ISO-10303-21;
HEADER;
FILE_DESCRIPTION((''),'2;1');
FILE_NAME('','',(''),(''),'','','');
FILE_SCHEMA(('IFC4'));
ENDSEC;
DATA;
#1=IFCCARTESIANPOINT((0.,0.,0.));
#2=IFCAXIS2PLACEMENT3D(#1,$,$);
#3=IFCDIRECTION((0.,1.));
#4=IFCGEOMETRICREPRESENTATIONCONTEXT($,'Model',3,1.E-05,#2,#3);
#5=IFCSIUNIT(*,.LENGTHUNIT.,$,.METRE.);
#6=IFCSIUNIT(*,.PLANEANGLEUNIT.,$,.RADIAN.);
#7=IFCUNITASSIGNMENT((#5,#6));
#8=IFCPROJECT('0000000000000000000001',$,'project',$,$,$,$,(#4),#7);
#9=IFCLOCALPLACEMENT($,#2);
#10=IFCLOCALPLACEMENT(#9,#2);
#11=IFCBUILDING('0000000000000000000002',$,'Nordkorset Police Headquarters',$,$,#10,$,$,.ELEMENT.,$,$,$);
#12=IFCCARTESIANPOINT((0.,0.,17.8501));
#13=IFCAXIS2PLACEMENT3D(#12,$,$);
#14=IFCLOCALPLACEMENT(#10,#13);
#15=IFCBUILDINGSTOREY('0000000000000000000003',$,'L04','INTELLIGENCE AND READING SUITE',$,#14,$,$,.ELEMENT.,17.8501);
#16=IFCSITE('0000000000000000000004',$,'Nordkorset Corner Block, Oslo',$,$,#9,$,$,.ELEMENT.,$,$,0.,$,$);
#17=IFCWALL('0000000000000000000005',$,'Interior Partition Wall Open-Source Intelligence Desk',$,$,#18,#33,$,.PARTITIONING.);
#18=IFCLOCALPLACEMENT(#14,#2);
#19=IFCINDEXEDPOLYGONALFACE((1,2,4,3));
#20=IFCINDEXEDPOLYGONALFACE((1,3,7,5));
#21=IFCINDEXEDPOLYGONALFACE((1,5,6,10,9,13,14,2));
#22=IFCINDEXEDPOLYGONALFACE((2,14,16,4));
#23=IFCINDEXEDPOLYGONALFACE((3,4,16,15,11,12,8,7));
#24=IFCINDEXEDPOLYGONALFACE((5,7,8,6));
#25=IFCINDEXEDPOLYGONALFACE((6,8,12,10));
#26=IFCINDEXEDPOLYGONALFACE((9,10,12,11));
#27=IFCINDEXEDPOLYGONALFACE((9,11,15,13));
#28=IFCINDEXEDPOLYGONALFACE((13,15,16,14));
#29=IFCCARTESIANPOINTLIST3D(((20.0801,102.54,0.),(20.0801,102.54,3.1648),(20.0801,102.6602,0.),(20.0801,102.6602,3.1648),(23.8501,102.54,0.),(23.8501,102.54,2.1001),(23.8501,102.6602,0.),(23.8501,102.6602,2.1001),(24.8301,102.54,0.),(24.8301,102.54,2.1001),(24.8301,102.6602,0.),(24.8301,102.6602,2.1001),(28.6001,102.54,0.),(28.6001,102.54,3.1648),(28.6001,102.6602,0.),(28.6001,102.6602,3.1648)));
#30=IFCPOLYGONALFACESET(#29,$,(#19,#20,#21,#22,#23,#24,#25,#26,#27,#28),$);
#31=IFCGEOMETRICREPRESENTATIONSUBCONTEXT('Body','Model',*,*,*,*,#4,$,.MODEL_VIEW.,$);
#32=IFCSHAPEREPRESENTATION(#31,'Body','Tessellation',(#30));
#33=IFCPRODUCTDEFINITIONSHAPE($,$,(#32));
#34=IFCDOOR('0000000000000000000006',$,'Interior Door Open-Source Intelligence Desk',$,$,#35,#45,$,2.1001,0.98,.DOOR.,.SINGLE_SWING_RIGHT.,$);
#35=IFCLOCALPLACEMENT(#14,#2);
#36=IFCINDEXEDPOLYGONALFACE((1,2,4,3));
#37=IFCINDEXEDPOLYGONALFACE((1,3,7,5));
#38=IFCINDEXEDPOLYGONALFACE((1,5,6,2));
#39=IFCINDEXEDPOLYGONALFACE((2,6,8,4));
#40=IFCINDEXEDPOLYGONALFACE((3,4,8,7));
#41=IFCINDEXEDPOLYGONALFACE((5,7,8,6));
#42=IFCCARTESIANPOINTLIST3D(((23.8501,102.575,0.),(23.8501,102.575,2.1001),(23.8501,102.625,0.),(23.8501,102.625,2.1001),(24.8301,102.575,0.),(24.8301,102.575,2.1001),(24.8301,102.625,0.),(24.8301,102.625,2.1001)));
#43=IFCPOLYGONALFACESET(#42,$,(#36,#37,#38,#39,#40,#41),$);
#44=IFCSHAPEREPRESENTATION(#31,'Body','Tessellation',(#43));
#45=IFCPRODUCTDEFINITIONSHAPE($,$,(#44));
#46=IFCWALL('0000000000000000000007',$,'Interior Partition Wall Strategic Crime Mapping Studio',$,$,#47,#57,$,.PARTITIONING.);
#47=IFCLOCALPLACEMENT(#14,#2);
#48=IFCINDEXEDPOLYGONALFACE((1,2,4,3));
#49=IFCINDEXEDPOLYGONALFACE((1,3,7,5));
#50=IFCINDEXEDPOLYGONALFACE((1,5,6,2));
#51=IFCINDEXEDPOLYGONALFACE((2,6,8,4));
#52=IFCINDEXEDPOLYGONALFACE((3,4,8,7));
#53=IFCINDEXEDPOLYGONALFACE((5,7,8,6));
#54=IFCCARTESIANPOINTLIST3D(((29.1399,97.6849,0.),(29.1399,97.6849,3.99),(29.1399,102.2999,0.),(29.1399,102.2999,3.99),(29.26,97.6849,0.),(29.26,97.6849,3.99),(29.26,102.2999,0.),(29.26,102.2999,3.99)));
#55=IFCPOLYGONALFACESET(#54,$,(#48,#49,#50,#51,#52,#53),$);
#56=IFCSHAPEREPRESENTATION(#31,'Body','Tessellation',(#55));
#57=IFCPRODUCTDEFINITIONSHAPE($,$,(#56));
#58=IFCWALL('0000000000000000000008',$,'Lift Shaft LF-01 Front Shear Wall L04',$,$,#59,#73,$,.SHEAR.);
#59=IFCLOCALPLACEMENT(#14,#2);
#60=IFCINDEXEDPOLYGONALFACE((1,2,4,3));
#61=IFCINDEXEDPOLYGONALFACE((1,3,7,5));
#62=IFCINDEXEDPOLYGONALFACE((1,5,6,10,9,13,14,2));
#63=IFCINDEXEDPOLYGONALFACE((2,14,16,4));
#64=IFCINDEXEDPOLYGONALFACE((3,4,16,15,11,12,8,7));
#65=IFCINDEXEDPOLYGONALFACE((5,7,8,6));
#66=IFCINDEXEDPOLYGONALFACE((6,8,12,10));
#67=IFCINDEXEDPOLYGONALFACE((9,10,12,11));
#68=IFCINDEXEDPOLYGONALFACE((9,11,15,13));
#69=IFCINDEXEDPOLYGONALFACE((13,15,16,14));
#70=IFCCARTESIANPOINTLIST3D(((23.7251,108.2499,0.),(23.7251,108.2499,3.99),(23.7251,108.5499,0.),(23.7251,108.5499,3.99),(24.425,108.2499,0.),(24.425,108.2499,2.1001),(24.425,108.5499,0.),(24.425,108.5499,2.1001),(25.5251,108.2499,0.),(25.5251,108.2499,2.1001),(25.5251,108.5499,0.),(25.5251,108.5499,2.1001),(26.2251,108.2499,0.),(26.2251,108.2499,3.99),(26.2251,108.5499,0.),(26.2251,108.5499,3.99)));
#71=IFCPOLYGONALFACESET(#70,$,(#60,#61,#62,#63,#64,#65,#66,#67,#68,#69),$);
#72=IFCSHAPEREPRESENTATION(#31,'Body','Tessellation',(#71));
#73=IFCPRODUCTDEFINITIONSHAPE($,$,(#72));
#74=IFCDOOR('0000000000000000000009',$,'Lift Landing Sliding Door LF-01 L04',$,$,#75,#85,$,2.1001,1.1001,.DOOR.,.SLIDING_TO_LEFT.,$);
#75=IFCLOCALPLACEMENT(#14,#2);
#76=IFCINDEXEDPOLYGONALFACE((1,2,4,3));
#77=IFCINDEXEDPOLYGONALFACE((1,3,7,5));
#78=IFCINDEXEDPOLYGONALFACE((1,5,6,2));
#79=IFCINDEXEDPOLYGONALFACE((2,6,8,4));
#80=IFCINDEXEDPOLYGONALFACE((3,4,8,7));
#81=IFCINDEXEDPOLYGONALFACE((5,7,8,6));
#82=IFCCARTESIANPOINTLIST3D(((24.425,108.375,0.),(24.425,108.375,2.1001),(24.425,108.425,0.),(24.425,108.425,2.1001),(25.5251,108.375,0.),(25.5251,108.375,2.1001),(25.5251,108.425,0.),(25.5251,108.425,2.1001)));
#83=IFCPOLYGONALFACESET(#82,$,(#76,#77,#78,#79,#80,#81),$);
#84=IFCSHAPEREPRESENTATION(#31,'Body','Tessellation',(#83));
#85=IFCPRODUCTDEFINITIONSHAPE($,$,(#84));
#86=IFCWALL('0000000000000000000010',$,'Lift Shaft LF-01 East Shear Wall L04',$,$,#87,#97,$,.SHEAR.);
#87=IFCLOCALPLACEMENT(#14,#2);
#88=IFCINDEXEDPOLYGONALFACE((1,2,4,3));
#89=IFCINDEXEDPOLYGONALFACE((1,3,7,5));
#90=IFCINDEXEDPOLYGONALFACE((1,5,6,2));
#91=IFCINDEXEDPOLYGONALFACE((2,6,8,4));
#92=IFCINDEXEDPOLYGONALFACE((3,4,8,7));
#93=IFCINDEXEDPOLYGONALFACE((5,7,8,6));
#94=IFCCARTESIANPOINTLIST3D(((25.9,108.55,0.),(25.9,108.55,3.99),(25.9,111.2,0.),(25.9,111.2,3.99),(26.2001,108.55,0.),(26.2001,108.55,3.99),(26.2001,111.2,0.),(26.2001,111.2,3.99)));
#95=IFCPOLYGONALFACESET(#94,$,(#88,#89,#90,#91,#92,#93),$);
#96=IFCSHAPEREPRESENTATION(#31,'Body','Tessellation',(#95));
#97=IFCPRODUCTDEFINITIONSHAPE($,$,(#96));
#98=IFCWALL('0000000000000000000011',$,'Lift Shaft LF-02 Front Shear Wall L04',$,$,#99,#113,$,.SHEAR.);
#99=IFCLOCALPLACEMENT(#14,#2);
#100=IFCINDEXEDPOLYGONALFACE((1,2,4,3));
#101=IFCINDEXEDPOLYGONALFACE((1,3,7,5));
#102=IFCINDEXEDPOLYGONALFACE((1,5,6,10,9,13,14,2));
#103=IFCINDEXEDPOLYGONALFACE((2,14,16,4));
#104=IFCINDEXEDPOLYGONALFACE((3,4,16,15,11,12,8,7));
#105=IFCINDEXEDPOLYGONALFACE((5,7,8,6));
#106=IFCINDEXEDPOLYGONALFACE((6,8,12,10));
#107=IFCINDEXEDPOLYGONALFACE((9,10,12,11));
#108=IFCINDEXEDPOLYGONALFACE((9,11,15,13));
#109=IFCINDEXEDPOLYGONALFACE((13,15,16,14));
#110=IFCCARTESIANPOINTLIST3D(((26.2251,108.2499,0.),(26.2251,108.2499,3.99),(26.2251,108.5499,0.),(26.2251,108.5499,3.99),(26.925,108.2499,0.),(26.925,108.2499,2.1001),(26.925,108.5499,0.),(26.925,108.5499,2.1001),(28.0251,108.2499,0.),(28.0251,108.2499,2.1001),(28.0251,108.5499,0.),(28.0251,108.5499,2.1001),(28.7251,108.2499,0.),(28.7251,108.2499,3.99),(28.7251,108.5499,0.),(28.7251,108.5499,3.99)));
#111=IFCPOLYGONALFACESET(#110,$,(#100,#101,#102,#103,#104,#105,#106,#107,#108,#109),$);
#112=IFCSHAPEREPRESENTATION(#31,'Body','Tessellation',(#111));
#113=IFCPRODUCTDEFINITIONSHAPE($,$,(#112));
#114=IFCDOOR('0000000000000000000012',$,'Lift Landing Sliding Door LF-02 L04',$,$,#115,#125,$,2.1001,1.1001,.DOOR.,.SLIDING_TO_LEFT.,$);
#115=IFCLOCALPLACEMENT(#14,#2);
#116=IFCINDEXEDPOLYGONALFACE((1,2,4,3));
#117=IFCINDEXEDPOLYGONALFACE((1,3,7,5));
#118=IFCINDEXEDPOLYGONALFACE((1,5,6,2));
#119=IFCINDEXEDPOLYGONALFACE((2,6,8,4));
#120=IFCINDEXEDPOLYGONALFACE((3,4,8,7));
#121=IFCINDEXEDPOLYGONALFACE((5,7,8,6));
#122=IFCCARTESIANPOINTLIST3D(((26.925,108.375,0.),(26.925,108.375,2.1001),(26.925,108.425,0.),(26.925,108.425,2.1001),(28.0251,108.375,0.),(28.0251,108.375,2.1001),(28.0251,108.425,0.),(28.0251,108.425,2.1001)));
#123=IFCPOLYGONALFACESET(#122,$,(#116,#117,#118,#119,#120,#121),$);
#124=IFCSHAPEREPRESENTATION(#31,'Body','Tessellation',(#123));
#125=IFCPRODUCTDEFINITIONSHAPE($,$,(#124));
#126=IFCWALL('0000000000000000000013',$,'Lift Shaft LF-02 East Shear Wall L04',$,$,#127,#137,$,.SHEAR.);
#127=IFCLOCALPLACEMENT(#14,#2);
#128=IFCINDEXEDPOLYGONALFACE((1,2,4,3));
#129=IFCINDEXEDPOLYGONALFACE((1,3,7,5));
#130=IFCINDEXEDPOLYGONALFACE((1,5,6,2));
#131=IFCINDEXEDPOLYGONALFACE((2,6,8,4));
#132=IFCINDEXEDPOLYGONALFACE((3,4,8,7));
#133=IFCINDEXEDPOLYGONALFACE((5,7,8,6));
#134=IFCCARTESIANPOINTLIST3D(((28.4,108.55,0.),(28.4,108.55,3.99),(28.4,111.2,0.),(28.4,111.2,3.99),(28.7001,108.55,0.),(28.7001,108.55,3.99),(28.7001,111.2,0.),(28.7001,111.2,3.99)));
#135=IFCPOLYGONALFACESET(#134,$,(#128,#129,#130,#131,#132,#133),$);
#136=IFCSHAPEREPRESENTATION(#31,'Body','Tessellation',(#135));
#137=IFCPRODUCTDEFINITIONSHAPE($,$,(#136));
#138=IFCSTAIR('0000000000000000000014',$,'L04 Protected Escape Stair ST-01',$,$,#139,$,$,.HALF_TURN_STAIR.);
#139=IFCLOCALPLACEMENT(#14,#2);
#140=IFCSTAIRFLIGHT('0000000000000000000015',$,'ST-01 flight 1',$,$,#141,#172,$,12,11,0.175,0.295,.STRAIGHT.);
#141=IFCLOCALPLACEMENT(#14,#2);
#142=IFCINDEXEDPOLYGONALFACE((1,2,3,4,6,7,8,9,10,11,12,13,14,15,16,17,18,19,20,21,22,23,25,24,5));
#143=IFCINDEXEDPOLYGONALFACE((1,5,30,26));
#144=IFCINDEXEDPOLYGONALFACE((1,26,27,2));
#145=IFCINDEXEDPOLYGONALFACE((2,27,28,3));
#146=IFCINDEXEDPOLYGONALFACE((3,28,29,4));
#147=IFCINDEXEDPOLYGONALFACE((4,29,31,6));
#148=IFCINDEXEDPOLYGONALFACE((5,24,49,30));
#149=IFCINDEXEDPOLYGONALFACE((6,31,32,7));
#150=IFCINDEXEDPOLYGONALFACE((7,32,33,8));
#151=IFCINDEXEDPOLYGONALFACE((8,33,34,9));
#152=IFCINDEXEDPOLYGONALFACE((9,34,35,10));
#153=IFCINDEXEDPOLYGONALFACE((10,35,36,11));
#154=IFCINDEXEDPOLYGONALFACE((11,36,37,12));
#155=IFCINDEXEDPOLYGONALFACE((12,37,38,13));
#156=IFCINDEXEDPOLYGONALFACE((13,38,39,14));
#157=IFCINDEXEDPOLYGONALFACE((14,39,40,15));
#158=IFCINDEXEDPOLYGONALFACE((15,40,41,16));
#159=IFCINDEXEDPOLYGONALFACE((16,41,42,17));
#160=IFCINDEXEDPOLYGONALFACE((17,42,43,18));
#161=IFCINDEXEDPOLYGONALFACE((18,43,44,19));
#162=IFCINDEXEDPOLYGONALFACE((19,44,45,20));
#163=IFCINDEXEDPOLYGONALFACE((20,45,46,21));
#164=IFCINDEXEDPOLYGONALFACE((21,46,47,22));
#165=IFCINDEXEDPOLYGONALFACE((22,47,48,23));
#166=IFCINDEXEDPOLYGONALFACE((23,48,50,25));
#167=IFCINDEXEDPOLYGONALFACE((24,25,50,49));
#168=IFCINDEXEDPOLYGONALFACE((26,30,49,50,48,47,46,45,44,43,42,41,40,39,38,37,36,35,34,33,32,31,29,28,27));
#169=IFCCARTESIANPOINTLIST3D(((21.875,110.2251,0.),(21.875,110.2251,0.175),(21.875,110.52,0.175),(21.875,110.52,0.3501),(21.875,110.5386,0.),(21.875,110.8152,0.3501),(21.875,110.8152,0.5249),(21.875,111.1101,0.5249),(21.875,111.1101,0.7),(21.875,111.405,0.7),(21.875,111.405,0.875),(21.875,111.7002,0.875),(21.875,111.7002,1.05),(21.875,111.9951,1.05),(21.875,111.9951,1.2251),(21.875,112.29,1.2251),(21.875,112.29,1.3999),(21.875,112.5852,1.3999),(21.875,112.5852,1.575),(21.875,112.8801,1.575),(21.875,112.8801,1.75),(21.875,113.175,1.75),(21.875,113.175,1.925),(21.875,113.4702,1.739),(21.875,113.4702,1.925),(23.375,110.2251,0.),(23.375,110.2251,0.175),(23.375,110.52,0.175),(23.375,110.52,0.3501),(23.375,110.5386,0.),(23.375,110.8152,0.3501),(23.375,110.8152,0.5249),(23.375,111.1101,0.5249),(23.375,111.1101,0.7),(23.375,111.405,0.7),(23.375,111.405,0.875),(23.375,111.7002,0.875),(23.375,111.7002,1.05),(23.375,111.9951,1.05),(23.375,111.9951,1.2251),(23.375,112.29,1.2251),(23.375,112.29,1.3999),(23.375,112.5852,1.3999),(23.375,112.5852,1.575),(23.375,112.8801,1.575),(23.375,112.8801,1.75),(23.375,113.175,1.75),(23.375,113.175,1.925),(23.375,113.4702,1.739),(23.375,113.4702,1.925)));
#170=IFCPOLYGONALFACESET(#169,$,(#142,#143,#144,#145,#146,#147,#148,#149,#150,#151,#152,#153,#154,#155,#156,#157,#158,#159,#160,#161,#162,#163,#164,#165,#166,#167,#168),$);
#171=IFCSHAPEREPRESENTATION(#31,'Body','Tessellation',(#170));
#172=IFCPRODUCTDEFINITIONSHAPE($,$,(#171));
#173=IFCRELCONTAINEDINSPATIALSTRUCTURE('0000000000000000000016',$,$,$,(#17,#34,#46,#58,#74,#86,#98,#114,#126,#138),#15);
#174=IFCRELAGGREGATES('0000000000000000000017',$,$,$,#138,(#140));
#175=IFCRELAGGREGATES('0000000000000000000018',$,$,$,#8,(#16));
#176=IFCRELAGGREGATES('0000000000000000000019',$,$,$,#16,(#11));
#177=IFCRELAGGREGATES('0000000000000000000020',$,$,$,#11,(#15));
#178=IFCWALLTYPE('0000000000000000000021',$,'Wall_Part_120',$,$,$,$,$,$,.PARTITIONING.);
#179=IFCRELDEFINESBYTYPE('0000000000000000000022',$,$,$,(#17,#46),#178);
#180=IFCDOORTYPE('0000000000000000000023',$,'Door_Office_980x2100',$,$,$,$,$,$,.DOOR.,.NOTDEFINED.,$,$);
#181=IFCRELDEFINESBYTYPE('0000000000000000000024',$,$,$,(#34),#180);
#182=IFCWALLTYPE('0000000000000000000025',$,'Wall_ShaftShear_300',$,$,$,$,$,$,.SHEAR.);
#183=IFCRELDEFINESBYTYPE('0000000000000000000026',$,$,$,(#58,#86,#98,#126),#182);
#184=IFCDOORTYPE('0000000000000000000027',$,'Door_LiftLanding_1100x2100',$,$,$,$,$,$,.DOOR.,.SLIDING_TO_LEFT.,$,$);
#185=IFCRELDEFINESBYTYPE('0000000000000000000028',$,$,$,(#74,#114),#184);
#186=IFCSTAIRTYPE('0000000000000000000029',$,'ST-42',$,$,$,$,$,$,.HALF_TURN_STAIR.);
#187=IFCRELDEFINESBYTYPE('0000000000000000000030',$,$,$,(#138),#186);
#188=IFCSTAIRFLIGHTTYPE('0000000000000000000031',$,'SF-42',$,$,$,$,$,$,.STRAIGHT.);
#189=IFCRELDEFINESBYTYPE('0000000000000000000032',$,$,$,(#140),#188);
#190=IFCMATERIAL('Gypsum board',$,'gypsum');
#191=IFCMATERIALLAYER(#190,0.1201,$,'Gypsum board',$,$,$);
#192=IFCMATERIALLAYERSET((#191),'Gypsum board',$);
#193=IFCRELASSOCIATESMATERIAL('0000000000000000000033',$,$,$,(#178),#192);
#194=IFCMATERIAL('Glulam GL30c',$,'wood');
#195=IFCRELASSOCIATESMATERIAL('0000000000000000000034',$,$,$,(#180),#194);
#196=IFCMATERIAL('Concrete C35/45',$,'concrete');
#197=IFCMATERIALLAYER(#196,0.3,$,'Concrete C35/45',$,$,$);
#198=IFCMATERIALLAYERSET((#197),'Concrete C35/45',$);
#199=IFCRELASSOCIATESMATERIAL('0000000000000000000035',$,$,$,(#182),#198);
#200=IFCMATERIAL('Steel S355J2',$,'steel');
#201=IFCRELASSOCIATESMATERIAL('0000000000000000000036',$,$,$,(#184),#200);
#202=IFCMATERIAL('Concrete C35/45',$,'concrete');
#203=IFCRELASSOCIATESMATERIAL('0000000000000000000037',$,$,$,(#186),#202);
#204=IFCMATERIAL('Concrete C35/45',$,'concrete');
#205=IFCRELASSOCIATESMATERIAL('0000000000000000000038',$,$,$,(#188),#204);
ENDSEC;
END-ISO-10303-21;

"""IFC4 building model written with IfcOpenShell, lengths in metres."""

from ifc_helpers import new_model, si_unit, direction, frame, frame_2d, origin, place, context, subcontext, project, spatial, polyline, rectangle, outline, extrude, material, layer, layer_set, type_object, element, fill, aggregate, save


model = new_model("IFC4")

# Units and contexts
model_context = context("Model", 3, precision=1e-05, world=origin(), true_north=direction((0.0, 1.0)))
body_context = subcontext(model_context, "Body", "Model", "MODEL_VIEW")
ifc_project = project(units=[si_unit("LENGTHUNIT", "METRE"), si_unit("PLANEANGLEUNIT", "RADIAN")], contexts=[model_context])

# Site, building, storey
site_placement = place(None, origin())
site = spatial("IfcSite", under=ifc_project, at=site_placement, Name="Nordkorset Corner Block, Oslo", CompositionType="ELEMENT", RefElevation=0.0)
building_placement = place(site_placement, origin())
building = spatial("IfcBuilding", under=site, at=building_placement, Name="Nordkorset Police Headquarters", CompositionType="ELEMENT")
storey_placement = place(building_placement, frame((0.0, 0.0, 17.8501)))
storey = spatial("IfcBuildingStorey", under=building, at=storey_placement, Name="L04", Description="INTELLIGENCE AND READING SUITE", CompositionType="ELEMENT", Elevation=17.8501)

# Wall, opening, door
ifc_material_1 = material(Name="Gypsum board", Category="gypsum")
ifc_layer_1 = layer(ifc_material_1, 0.1201, Name="Gypsum board")
ifc_layer_set_1 = layer_set([ifc_layer_1], Name="Gypsum board")
wall_type_1 = type_object("IfcWallType", Name="Wall_Part_120", PredefinedType="PARTITIONING", material=ifc_layer_set_1)
wall_1_placement = place(storey_placement, frame((28.6001, 102.6001, 0.0), z_axis=(0.0, 0.0, 1.0), x_axis=(-1.0, 0.0, 0.0)))
wall_1 = element("IfcWall", 1, at=wall_1_placement, inside=storey, type_object=wall_type_1, Name="Interior Partition Wall Open-Source Intelligence Desk", PredefinedType="PARTITIONING", context=body_context, shape_type="SweptSolid", body=[
    extrude(rectangle(XDim=8.52, YDim=0.1201, at=frame_2d((4.26, 0.0))), origin(), (0.0, 0.0, 1.0), 3.1648),
])
opening_1_placement = place(wall_1_placement, frame((3.77, 0.0, 0.0)))
opening_1 = element("IfcOpeningElement", 2, at=opening_1_placement, cuts=wall_1, PredefinedType="OPENING", context=body_context, shape_type="SweptSolid", body=[
    extrude(rectangle(XDim=0.98, YDim=2.1001, at=frame_2d((0.49, 1.05))), frame((0.0, 0.0701, 0.0), z_axis=(0.0, -1.0, 0.0), x_axis=(1.0, 0.0, 0.0)), (0.0, 0.0, 1.0), 0.1401),
])
ifc_material_2 = material(Name="Glulam GL30c", Category="wood")
door_type_1 = type_object("IfcDoorType", Name="Door_Office_980x2100", OperationType="NOTDEFINED", PredefinedType="DOOR", material=ifc_material_2)
door_1_placement = place(opening_1_placement, frame((0.98, 0.0, 0.0), z_axis=(0.0, 0.0, 1.0), x_axis=(-1.0, 0.0, 0.0)))
door_1 = element("IfcDoor", 3, at=door_1_placement, inside=storey, type_object=door_type_1, Name="Interior Door Open-Source Intelligence Desk", OperationType="SINGLE_SWING_RIGHT", OverallHeight=2.1001, OverallWidth=0.98, PredefinedType="DOOR", context=body_context, shape_type="SweptSolid", body=[
    extrude(rectangle(XDim=0.98, YDim=2.1001, at=frame_2d((0.49, 1.05))), frame((0.0, 0.0249, 0.0), z_axis=(0.0, -1.0, 0.0), x_axis=(1.0, 0.0, 0.0)), (0.0, 0.0, 1.0), 0.05),
])
fill(opening_1, door_1)

# Wall
wall_2_placement = place(storey_placement, frame((29.2, 102.3, 0.0), z_axis=(0.0, 0.0, 1.0), x_axis=(0.0, -1.0, 0.0)))
element("IfcWall", 4, at=wall_2_placement, inside=storey, type_object=wall_type_1, Name="Interior Partition Wall Strategic Crime Mapping Studio", PredefinedType="PARTITIONING", context=body_context, shape_type="SweptSolid", body=[
    extrude(rectangle(XDim=4.615, YDim=0.1201, at=frame_2d((2.3076, 0.0))), origin(), (0.0, 0.0, 1.0), 3.99),
])

# Wall, opening, door
ifc_material_3 = material(Name="Concrete C35/45", Category="concrete")
ifc_layer_2 = layer(ifc_material_3, 0.3, Name="Concrete C35/45")
ifc_layer_set_2 = layer_set([ifc_layer_2], Name="Concrete C35/45")
wall_type_2 = type_object("IfcWallType", Name="Wall_ShaftShear_300", PredefinedType="SHEAR", material=ifc_layer_set_2)
wall_3_placement = place(storey_placement, frame((23.7251, 108.3999, 0.0), z_axis=(0.0, 0.0, 1.0), x_axis=(1.0, 0.0, 0.0)))
wall_3 = element("IfcWall", 5, at=wall_3_placement, inside=storey, type_object=wall_type_2, Name="Lift Shaft LF-01 Front Shear Wall L04", PredefinedType="SHEAR", context=body_context, shape_type="SweptSolid", body=[
    extrude(rectangle(XDim=2.5, YDim=0.3, at=frame_2d((1.25, 0.0))), origin(), (0.0, 0.0, 1.0), 3.99),
])
opening_2_placement = place(wall_3_placement, frame((0.7, 0.0, 0.0)))
opening_2 = element("IfcOpeningElement", 6, at=opening_2_placement, cuts=wall_3, PredefinedType="OPENING", context=body_context, shape_type="SweptSolid", body=[
    extrude(rectangle(XDim=1.1001, YDim=2.1001, at=frame_2d((0.55, 1.05))), frame((0.0, 0.1602, 0.0), z_axis=(0.0, -1.0, 0.0), x_axis=(1.0, 0.0, 0.0)), (0.0, 0.0, 1.0), 0.3201),
])
ifc_material_4 = material(Name="Steel S355J2", Category="steel")
door_type_2 = type_object("IfcDoorType", Name="Door_LiftLanding_1100x2100", OperationType="SLIDING_TO_LEFT", PredefinedType="DOOR", material=ifc_material_4)
door_2_placement = place(opening_2_placement, frame((1.1001, 0.0, 0.0), z_axis=(0.0, 0.0, 1.0), x_axis=(-1.0, 0.0, 0.0)))
door_2 = element("IfcDoor", 7, at=door_2_placement, inside=storey, type_object=door_type_2, Name="Lift Landing Sliding Door LF-01 L04", OperationType="SLIDING_TO_LEFT", OverallHeight=2.1001, OverallWidth=1.1001, PredefinedType="DOOR", context=body_context, shape_type="SweptSolid", body=[
    extrude(rectangle(XDim=1.1001, YDim=2.1001, at=frame_2d((0.55, 1.05))), frame((0.0, 0.0249, 0.0), z_axis=(0.0, -1.0, 0.0), x_axis=(1.0, 0.0, 0.0)), (0.0, 0.0, 1.0), 0.05),
])
fill(opening_2, door_2)

# Wall
wall_4_placement = place(storey_placement, frame((26.05, 108.55, 0.0), z_axis=(0.0, 0.0, 1.0), x_axis=(0.0, 1.0, 0.0)))
element("IfcWall", 8, at=wall_4_placement, inside=storey, type_object=wall_type_2, Name="Lift Shaft LF-01 East Shear Wall L04", PredefinedType="SHEAR", context=body_context, shape_type="SweptSolid", body=[
    extrude(rectangle(XDim=2.6499, YDim=0.3, at=frame_2d((1.325, 0.0))), origin(), (0.0, 0.0, 1.0), 3.99),
])

# Wall, opening, door
wall_5_placement = place(storey_placement, frame((26.2251, 108.3999, 0.0), z_axis=(0.0, 0.0, 1.0), x_axis=(1.0, 0.0, 0.0)))
wall_5 = element("IfcWall", 9, at=wall_5_placement, inside=storey, type_object=wall_type_2, Name="Lift Shaft LF-02 Front Shear Wall L04", PredefinedType="SHEAR", context=body_context, shape_type="SweptSolid", body=[
    extrude(rectangle(XDim=2.5, YDim=0.3, at=frame_2d((1.25, 0.0))), origin(), (0.0, 0.0, 1.0), 3.99),
])
opening_3_placement = place(wall_5_placement, frame((0.7, 0.0, 0.0)))
opening_3 = element("IfcOpeningElement", 10, at=opening_3_placement, cuts=wall_5, PredefinedType="OPENING", context=body_context, shape_type="SweptSolid", body=[
    extrude(rectangle(XDim=1.1001, YDim=2.1001, at=frame_2d((0.55, 1.05))), frame((0.0, 0.1602, 0.0), z_axis=(0.0, -1.0, 0.0), x_axis=(1.0, 0.0, 0.0)), (0.0, 0.0, 1.0), 0.3201),
])
door_3_placement = place(opening_3_placement, frame((1.1001, 0.0, 0.0), z_axis=(0.0, 0.0, 1.0), x_axis=(-1.0, 0.0, 0.0)))
door_3 = element("IfcDoor", 11, at=door_3_placement, inside=storey, type_object=door_type_2, Name="Lift Landing Sliding Door LF-02 L04", OperationType="SLIDING_TO_LEFT", OverallHeight=2.1001, OverallWidth=1.1001, PredefinedType="DOOR", context=body_context, shape_type="SweptSolid", body=[
    extrude(rectangle(XDim=1.1001, YDim=2.1001, at=frame_2d((0.55, 1.05))), frame((0.0, 0.0249, 0.0), z_axis=(0.0, -1.0, 0.0), x_axis=(1.0, 0.0, 0.0)), (0.0, 0.0, 1.0), 0.05),
])
fill(opening_3, door_3)

# Wall
wall_6_placement = place(storey_placement, frame((28.55, 108.55, 0.0), z_axis=(0.0, 0.0, 1.0), x_axis=(0.0, 1.0, 0.0)))
element("IfcWall", 12, at=wall_6_placement, inside=storey, type_object=wall_type_2, Name="Lift Shaft LF-02 East Shear Wall L04", PredefinedType="SHEAR", context=body_context, shape_type="SweptSolid", body=[
    extrude(rectangle(XDim=2.6499, YDim=0.3, at=frame_2d((1.325, 0.0))), origin(), (0.0, 0.0, 1.0), 3.99),
])

# Stair, stair flight
ifc_material_5 = material(Name="Concrete C35/45", Category="concrete")
stair_type = type_object("IfcStairType", Name="ST-42", PredefinedType="HALF_TURN_STAIR", material=ifc_material_5)
stair_placement = place(storey_placement, origin())
stair = element("IfcStair", 13, at=stair_placement, inside=storey, type_object=stair_type, Name="L04 Protected Escape Stair ST-01", PredefinedType="HALF_TURN_STAIR")
ifc_material_6 = material(Name="Concrete C35/45", Category="concrete")
stair_flight_type = type_object("IfcStairFlightType", Name="SF-42", PredefinedType="STRAIGHT", material=ifc_material_6)
stair_flight_placement = place(storey_placement, frame((22.625, 110.2251, 0.0), z_axis=(0.0, 0.0, 1.0), x_axis=(0.0, 1.0, 0.0)))
stair_flight = element("IfcStairFlight", 14, at=stair_flight_placement, type_object=stair_flight_type, Name="ST-01 flight 1", NumberOfRisers=12, NumberOfTreads=11, PredefinedType="STRAIGHT", RiserHeight=0.175, TreadLength=0.295, context=body_context, shape_type="SweptSolid", body=[
    extrude(outline(polyline([(0.0, 0.0), (0.0, 0.175), (0.2949, 0.175), (0.2949, 0.3501), (0.5901, 0.3501), (0.5901, 0.5249), (0.885, 0.5249), (0.885, 0.7), (1.1799, 0.7), (1.1799, 0.875), (1.4751, 0.875), (1.4751, 1.05), (1.77, 1.05), (1.77, 1.2251), (2.0649, 1.2251), (2.0649, 1.3999), (2.3601, 1.3999), (2.3601, 1.575), (2.655, 1.575), (2.655, 1.75), (2.95, 1.75), (2.95, 1.925), (3.2451, 1.925), (3.2451, 2.1001), (3.2451, 1.739), (0.3135, 0.0), (0.0, 0.0)])), frame((0.0, 0.75, 0.0), z_axis=(0.0, -1.0, 0.0), x_axis=(1.0, 0.0, 0.0)), (0.0, 0.0, 1.0), 1.5),
])
aggregate(stair, [stair_flight])

save(model, "model.ifc")
